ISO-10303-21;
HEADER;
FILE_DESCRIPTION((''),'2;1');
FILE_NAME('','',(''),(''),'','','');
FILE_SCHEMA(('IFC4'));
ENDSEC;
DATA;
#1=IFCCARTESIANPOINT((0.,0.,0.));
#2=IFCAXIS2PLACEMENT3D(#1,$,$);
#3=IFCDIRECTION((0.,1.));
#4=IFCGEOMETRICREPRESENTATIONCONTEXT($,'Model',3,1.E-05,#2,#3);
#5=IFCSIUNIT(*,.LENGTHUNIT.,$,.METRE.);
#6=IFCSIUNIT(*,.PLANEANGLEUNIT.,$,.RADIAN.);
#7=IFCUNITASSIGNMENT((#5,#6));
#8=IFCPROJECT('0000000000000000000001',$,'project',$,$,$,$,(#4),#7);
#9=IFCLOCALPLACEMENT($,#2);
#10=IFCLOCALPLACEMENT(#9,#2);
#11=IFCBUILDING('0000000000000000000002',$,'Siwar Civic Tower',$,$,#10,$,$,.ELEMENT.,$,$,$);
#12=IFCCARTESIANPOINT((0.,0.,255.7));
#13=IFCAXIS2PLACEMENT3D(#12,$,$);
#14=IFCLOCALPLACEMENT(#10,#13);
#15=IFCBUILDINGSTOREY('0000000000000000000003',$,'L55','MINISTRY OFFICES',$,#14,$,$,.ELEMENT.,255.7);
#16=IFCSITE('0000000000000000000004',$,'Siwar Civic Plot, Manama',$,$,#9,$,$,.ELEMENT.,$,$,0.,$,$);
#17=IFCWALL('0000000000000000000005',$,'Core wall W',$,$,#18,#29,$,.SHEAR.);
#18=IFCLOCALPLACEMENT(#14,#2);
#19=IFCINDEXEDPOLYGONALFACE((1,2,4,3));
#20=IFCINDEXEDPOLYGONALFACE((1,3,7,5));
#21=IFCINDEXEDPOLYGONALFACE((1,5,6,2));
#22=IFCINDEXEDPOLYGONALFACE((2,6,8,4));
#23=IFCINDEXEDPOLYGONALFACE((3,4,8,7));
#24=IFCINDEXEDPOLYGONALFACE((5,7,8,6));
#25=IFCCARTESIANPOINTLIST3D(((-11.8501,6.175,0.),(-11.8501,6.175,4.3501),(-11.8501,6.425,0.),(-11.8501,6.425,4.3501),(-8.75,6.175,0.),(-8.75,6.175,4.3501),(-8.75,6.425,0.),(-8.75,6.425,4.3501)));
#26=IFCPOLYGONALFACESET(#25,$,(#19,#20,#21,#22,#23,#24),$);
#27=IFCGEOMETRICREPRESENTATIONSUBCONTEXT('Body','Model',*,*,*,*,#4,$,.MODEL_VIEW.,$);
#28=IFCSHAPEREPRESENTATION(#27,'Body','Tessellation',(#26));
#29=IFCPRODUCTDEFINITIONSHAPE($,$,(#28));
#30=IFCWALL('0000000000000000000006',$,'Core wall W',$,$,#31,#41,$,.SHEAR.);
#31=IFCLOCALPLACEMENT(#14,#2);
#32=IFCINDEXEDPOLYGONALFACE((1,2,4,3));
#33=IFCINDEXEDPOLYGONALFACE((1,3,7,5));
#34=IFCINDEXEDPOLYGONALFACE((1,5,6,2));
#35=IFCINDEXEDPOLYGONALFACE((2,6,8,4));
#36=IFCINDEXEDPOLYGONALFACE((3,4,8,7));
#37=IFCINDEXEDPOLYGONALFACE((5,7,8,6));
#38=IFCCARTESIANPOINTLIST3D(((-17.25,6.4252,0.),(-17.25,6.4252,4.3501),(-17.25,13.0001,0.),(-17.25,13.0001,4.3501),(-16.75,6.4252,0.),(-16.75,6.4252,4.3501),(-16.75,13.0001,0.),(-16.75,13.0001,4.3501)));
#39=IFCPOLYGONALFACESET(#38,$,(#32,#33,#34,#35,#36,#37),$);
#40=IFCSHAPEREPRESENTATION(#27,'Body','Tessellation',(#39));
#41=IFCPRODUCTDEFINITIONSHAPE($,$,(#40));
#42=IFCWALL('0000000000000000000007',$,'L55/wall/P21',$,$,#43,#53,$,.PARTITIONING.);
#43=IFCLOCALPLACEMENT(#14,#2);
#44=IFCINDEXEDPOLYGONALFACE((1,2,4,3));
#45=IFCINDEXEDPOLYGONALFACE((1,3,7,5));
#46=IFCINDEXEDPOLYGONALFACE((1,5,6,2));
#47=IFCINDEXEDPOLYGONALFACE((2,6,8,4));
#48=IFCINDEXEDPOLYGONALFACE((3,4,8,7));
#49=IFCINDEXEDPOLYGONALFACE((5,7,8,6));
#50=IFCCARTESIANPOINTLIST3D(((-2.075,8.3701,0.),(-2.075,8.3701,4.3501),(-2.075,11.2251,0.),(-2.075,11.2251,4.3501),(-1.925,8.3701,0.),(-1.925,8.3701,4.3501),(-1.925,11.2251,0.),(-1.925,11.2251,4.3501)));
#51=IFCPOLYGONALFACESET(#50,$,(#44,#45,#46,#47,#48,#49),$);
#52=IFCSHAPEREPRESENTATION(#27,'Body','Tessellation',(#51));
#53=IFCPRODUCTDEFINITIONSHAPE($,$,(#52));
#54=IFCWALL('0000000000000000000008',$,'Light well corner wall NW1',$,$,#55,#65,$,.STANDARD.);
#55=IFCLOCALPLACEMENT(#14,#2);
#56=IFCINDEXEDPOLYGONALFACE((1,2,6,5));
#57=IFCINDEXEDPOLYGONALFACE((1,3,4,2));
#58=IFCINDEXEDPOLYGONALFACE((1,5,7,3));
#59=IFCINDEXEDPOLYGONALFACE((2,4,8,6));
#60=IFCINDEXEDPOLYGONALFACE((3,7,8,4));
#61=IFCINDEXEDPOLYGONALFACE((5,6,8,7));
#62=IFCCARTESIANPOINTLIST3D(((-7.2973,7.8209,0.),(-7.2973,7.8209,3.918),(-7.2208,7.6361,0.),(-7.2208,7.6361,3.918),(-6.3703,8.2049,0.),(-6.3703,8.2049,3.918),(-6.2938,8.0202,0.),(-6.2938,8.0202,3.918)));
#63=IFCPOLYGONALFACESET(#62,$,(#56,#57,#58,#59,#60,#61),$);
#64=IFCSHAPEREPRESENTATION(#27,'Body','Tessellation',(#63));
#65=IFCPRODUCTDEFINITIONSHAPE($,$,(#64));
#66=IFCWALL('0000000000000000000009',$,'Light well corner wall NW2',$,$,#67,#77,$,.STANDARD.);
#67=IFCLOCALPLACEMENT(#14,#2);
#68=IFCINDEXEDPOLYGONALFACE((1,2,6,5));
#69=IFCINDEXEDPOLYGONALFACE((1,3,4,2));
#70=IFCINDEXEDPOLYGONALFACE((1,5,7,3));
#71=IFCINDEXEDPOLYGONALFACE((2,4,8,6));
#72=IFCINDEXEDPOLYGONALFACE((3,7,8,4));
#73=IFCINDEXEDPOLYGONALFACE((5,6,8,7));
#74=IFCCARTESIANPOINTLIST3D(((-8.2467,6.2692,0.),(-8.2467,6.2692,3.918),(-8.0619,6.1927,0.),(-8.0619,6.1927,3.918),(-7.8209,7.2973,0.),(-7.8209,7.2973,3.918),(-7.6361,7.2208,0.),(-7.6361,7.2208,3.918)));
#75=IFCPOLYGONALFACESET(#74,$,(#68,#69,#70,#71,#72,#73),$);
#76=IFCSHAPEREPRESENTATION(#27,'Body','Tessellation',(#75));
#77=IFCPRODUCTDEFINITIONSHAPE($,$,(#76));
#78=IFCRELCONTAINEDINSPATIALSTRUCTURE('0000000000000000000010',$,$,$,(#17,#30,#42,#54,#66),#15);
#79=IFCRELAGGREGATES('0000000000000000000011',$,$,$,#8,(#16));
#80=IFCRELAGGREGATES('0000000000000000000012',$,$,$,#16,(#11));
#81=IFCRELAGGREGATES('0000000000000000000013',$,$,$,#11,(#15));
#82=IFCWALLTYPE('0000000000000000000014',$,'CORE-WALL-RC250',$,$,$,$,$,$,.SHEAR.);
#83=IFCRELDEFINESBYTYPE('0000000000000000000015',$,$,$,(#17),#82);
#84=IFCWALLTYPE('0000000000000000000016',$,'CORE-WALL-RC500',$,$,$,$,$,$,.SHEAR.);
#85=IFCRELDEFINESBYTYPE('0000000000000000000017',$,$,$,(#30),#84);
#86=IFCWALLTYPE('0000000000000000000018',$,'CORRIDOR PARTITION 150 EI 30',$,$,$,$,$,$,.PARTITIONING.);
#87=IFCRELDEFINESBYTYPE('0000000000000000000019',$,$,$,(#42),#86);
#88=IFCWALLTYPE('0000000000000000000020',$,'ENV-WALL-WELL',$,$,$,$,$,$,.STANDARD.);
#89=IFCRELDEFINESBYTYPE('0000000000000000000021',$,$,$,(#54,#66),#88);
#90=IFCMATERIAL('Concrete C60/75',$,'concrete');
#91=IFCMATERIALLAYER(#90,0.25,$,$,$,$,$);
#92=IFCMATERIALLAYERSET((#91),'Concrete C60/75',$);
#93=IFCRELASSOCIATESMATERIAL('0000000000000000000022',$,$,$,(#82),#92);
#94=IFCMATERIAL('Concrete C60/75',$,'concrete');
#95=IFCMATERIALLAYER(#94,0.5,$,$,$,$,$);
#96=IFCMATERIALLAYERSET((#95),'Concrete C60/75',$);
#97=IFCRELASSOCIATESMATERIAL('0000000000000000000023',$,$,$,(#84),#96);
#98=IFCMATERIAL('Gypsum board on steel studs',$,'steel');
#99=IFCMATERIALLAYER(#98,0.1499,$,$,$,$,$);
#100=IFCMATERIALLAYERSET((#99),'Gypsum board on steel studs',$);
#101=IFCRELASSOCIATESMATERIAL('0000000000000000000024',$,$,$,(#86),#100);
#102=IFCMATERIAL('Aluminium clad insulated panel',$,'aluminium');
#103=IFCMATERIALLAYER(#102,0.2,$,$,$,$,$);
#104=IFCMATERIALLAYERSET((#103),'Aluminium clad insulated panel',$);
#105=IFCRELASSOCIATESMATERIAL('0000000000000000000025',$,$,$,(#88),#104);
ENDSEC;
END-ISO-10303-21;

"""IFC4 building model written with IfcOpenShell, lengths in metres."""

from ifc_helpers import new_model, si_unit, direction, frame, frame_2d, origin, place, context, subcontext, project, spatial, rectangle, extrude, material, layer, layer_set, type_object, element, save


model = new_model("IFC4")

# Units and contexts
model_context = context("Model", 3, precision=1e-05, world=origin(), true_north=direction((0.0, 1.0)))
body_context = subcontext(model_context, "Body", "Model", "MODEL_VIEW")
ifc_project = project(units=[si_unit("LENGTHUNIT", "METRE"), si_unit("PLANEANGLEUNIT", "RADIAN")], contexts=[model_context])

# Site, building, storey
site_placement = place(None, origin())
site = spatial("IfcSite", under=ifc_project, at=site_placement, Name="Siwar Civic Plot, Manama", CompositionType="ELEMENT", RefElevation=0.0)
building_placement = place(site_placement, origin())
building = spatial("IfcBuilding", under=site, at=building_placement, Name="Siwar Civic Tower", CompositionType="ELEMENT")
storey_placement = place(building_placement, frame((0.0, 0.0, 255.7)))
storey = spatial("IfcBuildingStorey", under=building, at=storey_placement, Name="L55", Description="MINISTRY OFFICES", CompositionType="ELEMENT", Elevation=255.7)

# Shared definitions
ifc_material_1 = material(Name="Concrete C60/75", Category="concrete")
ifc_layer_1 = layer(ifc_material_1, 0.25)
ifc_layer_set_1 = layer_set([ifc_layer_1], Name="Concrete C60/75")
wall_type_1 = type_object("IfcWallType", Name="CORE-WALL-RC250", PredefinedType="SHEAR", material=ifc_layer_set_1)

# Walls
for number, where, z_axis, x_axis, name in (
    (1, (-8.75, 6.3, 0.0), (0.0, 0.0, 1.0), (-1.0, 0.0, 0.0), "Core wall W"),
):
    element("IfcWall", number, at=place(storey_placement, frame(where, z_axis=z_axis, x_axis=x_axis)), inside=storey, type_object=wall_type_1, Name=name, PredefinedType="SHEAR", context=body_context, shape_type="SweptSolid", body=[
        extrude(rectangle(XDim=3.1001, YDim=0.25, at=frame_2d((1.55, 0.0))), origin(), (0.0, 0.0, 1.0), 4.3501),
    ])
ifc_material_2 = material(Name="Concrete C60/75", Category="concrete")
ifc_layer_2 = layer(ifc_material_2, 0.5)
ifc_layer_set_2 = layer_set([ifc_layer_2], Name="Concrete C60/75")
wall_type_2 = type_object("IfcWallType", Name="CORE-WALL-RC500", PredefinedType="SHEAR", material=ifc_layer_set_2)
wall_1_placement = place(storey_placement, frame((-17.0, 6.425, 0.0), z_axis=(0.0, 0.0, 1.0), x_axis=(0.0, 1.0, 0.0)))
element("IfcWall", 2, at=wall_1_placement, inside=storey, type_object=wall_type_2, Name="Core wall W", PredefinedType="SHEAR", context=body_context, shape_type="SweptSolid", body=[
    extrude(rectangle(XDim=6.575, YDim=0.5, at=frame_2d((3.2876, 0.0))), origin(), (0.0, 0.0, 1.0), 4.3501),
])
ifc_material_3 = material(Name="Gypsum board on steel studs", Category="steel")
ifc_layer_3 = layer(ifc_material_3, 0.1499)
ifc_layer_set_3 = layer_set([ifc_layer_3], Name="Gypsum board on steel studs")
wall_type_3 = type_object("IfcWallType", Name="CORRIDOR PARTITION 150 EI 30", PredefinedType="PARTITIONING", material=ifc_layer_set_3)
wall_2_placement = place(storey_placement, frame((-2.0, 8.3701, 0.0), z_axis=(0.0, 0.0, 1.0), x_axis=(0.0, 1.0, 0.0)))
element("IfcWall", 3, at=wall_2_placement, inside=storey, type_object=wall_type_3, Name="L55/wall/P21", PredefinedType="PARTITIONING", context=body_context, shape_type="SweptSolid", body=[
    extrude(rectangle(XDim=2.855, YDim=0.1499, at=frame_2d((1.4275, 0.0))), origin(), (0.0, 0.0, 1.0), 4.3501),
])
ifc_material_4 = material(Name="Aluminium clad insulated panel", Category="aluminium")
ifc_layer_4 = layer(ifc_material_4, 0.2)
ifc_layer_set_4 = layer_set([ifc_layer_4], Name="Aluminium clad insulated panel")
wall_type_4 = type_object("IfcWallType", Name="ENV-WALL-WELL", PredefinedType="STANDARD", material=ifc_layer_set_4)
wall_3_placement = place(storey_placement, frame((-6.332, 8.1125, 0.0), z_axis=(0.0, 0.0, 1.0), x_axis=(-0.92386, -0.382731, 0.0)))
element("IfcWall", 4, at=wall_3_placement, inside=storey, type_object=wall_type_4, Name="Light well corner wall NW1", PredefinedType="STANDARD", context=body_context, shape_type="SweptSolid", body=[
    extrude(rectangle(XDim=1.0034, YDim=0.2, at=frame_2d((0.5017, 0.0))), origin(), (0.0, 0.0, 1.0), 3.918),
])
wall_4_placement = place(storey_placement, frame((-7.7285, 7.259, 0.0), z_axis=(0.0, 0.0, 1.0), x_axis=(-0.382636, -0.923899, 0.0)))
element("IfcWall", 5, at=wall_4_placement, inside=storey, type_object=wall_type_4, Name="Light well corner wall NW2", PredefinedType="STANDARD", context=body_context, shape_type="SweptSolid", body=[
    extrude(rectangle(XDim=1.1128, YDim=0.2, at=frame_2d((0.5564, 0.0))), origin(), (0.0, 0.0, 1.0), 3.918),
])

save(model, "model.ifc")
